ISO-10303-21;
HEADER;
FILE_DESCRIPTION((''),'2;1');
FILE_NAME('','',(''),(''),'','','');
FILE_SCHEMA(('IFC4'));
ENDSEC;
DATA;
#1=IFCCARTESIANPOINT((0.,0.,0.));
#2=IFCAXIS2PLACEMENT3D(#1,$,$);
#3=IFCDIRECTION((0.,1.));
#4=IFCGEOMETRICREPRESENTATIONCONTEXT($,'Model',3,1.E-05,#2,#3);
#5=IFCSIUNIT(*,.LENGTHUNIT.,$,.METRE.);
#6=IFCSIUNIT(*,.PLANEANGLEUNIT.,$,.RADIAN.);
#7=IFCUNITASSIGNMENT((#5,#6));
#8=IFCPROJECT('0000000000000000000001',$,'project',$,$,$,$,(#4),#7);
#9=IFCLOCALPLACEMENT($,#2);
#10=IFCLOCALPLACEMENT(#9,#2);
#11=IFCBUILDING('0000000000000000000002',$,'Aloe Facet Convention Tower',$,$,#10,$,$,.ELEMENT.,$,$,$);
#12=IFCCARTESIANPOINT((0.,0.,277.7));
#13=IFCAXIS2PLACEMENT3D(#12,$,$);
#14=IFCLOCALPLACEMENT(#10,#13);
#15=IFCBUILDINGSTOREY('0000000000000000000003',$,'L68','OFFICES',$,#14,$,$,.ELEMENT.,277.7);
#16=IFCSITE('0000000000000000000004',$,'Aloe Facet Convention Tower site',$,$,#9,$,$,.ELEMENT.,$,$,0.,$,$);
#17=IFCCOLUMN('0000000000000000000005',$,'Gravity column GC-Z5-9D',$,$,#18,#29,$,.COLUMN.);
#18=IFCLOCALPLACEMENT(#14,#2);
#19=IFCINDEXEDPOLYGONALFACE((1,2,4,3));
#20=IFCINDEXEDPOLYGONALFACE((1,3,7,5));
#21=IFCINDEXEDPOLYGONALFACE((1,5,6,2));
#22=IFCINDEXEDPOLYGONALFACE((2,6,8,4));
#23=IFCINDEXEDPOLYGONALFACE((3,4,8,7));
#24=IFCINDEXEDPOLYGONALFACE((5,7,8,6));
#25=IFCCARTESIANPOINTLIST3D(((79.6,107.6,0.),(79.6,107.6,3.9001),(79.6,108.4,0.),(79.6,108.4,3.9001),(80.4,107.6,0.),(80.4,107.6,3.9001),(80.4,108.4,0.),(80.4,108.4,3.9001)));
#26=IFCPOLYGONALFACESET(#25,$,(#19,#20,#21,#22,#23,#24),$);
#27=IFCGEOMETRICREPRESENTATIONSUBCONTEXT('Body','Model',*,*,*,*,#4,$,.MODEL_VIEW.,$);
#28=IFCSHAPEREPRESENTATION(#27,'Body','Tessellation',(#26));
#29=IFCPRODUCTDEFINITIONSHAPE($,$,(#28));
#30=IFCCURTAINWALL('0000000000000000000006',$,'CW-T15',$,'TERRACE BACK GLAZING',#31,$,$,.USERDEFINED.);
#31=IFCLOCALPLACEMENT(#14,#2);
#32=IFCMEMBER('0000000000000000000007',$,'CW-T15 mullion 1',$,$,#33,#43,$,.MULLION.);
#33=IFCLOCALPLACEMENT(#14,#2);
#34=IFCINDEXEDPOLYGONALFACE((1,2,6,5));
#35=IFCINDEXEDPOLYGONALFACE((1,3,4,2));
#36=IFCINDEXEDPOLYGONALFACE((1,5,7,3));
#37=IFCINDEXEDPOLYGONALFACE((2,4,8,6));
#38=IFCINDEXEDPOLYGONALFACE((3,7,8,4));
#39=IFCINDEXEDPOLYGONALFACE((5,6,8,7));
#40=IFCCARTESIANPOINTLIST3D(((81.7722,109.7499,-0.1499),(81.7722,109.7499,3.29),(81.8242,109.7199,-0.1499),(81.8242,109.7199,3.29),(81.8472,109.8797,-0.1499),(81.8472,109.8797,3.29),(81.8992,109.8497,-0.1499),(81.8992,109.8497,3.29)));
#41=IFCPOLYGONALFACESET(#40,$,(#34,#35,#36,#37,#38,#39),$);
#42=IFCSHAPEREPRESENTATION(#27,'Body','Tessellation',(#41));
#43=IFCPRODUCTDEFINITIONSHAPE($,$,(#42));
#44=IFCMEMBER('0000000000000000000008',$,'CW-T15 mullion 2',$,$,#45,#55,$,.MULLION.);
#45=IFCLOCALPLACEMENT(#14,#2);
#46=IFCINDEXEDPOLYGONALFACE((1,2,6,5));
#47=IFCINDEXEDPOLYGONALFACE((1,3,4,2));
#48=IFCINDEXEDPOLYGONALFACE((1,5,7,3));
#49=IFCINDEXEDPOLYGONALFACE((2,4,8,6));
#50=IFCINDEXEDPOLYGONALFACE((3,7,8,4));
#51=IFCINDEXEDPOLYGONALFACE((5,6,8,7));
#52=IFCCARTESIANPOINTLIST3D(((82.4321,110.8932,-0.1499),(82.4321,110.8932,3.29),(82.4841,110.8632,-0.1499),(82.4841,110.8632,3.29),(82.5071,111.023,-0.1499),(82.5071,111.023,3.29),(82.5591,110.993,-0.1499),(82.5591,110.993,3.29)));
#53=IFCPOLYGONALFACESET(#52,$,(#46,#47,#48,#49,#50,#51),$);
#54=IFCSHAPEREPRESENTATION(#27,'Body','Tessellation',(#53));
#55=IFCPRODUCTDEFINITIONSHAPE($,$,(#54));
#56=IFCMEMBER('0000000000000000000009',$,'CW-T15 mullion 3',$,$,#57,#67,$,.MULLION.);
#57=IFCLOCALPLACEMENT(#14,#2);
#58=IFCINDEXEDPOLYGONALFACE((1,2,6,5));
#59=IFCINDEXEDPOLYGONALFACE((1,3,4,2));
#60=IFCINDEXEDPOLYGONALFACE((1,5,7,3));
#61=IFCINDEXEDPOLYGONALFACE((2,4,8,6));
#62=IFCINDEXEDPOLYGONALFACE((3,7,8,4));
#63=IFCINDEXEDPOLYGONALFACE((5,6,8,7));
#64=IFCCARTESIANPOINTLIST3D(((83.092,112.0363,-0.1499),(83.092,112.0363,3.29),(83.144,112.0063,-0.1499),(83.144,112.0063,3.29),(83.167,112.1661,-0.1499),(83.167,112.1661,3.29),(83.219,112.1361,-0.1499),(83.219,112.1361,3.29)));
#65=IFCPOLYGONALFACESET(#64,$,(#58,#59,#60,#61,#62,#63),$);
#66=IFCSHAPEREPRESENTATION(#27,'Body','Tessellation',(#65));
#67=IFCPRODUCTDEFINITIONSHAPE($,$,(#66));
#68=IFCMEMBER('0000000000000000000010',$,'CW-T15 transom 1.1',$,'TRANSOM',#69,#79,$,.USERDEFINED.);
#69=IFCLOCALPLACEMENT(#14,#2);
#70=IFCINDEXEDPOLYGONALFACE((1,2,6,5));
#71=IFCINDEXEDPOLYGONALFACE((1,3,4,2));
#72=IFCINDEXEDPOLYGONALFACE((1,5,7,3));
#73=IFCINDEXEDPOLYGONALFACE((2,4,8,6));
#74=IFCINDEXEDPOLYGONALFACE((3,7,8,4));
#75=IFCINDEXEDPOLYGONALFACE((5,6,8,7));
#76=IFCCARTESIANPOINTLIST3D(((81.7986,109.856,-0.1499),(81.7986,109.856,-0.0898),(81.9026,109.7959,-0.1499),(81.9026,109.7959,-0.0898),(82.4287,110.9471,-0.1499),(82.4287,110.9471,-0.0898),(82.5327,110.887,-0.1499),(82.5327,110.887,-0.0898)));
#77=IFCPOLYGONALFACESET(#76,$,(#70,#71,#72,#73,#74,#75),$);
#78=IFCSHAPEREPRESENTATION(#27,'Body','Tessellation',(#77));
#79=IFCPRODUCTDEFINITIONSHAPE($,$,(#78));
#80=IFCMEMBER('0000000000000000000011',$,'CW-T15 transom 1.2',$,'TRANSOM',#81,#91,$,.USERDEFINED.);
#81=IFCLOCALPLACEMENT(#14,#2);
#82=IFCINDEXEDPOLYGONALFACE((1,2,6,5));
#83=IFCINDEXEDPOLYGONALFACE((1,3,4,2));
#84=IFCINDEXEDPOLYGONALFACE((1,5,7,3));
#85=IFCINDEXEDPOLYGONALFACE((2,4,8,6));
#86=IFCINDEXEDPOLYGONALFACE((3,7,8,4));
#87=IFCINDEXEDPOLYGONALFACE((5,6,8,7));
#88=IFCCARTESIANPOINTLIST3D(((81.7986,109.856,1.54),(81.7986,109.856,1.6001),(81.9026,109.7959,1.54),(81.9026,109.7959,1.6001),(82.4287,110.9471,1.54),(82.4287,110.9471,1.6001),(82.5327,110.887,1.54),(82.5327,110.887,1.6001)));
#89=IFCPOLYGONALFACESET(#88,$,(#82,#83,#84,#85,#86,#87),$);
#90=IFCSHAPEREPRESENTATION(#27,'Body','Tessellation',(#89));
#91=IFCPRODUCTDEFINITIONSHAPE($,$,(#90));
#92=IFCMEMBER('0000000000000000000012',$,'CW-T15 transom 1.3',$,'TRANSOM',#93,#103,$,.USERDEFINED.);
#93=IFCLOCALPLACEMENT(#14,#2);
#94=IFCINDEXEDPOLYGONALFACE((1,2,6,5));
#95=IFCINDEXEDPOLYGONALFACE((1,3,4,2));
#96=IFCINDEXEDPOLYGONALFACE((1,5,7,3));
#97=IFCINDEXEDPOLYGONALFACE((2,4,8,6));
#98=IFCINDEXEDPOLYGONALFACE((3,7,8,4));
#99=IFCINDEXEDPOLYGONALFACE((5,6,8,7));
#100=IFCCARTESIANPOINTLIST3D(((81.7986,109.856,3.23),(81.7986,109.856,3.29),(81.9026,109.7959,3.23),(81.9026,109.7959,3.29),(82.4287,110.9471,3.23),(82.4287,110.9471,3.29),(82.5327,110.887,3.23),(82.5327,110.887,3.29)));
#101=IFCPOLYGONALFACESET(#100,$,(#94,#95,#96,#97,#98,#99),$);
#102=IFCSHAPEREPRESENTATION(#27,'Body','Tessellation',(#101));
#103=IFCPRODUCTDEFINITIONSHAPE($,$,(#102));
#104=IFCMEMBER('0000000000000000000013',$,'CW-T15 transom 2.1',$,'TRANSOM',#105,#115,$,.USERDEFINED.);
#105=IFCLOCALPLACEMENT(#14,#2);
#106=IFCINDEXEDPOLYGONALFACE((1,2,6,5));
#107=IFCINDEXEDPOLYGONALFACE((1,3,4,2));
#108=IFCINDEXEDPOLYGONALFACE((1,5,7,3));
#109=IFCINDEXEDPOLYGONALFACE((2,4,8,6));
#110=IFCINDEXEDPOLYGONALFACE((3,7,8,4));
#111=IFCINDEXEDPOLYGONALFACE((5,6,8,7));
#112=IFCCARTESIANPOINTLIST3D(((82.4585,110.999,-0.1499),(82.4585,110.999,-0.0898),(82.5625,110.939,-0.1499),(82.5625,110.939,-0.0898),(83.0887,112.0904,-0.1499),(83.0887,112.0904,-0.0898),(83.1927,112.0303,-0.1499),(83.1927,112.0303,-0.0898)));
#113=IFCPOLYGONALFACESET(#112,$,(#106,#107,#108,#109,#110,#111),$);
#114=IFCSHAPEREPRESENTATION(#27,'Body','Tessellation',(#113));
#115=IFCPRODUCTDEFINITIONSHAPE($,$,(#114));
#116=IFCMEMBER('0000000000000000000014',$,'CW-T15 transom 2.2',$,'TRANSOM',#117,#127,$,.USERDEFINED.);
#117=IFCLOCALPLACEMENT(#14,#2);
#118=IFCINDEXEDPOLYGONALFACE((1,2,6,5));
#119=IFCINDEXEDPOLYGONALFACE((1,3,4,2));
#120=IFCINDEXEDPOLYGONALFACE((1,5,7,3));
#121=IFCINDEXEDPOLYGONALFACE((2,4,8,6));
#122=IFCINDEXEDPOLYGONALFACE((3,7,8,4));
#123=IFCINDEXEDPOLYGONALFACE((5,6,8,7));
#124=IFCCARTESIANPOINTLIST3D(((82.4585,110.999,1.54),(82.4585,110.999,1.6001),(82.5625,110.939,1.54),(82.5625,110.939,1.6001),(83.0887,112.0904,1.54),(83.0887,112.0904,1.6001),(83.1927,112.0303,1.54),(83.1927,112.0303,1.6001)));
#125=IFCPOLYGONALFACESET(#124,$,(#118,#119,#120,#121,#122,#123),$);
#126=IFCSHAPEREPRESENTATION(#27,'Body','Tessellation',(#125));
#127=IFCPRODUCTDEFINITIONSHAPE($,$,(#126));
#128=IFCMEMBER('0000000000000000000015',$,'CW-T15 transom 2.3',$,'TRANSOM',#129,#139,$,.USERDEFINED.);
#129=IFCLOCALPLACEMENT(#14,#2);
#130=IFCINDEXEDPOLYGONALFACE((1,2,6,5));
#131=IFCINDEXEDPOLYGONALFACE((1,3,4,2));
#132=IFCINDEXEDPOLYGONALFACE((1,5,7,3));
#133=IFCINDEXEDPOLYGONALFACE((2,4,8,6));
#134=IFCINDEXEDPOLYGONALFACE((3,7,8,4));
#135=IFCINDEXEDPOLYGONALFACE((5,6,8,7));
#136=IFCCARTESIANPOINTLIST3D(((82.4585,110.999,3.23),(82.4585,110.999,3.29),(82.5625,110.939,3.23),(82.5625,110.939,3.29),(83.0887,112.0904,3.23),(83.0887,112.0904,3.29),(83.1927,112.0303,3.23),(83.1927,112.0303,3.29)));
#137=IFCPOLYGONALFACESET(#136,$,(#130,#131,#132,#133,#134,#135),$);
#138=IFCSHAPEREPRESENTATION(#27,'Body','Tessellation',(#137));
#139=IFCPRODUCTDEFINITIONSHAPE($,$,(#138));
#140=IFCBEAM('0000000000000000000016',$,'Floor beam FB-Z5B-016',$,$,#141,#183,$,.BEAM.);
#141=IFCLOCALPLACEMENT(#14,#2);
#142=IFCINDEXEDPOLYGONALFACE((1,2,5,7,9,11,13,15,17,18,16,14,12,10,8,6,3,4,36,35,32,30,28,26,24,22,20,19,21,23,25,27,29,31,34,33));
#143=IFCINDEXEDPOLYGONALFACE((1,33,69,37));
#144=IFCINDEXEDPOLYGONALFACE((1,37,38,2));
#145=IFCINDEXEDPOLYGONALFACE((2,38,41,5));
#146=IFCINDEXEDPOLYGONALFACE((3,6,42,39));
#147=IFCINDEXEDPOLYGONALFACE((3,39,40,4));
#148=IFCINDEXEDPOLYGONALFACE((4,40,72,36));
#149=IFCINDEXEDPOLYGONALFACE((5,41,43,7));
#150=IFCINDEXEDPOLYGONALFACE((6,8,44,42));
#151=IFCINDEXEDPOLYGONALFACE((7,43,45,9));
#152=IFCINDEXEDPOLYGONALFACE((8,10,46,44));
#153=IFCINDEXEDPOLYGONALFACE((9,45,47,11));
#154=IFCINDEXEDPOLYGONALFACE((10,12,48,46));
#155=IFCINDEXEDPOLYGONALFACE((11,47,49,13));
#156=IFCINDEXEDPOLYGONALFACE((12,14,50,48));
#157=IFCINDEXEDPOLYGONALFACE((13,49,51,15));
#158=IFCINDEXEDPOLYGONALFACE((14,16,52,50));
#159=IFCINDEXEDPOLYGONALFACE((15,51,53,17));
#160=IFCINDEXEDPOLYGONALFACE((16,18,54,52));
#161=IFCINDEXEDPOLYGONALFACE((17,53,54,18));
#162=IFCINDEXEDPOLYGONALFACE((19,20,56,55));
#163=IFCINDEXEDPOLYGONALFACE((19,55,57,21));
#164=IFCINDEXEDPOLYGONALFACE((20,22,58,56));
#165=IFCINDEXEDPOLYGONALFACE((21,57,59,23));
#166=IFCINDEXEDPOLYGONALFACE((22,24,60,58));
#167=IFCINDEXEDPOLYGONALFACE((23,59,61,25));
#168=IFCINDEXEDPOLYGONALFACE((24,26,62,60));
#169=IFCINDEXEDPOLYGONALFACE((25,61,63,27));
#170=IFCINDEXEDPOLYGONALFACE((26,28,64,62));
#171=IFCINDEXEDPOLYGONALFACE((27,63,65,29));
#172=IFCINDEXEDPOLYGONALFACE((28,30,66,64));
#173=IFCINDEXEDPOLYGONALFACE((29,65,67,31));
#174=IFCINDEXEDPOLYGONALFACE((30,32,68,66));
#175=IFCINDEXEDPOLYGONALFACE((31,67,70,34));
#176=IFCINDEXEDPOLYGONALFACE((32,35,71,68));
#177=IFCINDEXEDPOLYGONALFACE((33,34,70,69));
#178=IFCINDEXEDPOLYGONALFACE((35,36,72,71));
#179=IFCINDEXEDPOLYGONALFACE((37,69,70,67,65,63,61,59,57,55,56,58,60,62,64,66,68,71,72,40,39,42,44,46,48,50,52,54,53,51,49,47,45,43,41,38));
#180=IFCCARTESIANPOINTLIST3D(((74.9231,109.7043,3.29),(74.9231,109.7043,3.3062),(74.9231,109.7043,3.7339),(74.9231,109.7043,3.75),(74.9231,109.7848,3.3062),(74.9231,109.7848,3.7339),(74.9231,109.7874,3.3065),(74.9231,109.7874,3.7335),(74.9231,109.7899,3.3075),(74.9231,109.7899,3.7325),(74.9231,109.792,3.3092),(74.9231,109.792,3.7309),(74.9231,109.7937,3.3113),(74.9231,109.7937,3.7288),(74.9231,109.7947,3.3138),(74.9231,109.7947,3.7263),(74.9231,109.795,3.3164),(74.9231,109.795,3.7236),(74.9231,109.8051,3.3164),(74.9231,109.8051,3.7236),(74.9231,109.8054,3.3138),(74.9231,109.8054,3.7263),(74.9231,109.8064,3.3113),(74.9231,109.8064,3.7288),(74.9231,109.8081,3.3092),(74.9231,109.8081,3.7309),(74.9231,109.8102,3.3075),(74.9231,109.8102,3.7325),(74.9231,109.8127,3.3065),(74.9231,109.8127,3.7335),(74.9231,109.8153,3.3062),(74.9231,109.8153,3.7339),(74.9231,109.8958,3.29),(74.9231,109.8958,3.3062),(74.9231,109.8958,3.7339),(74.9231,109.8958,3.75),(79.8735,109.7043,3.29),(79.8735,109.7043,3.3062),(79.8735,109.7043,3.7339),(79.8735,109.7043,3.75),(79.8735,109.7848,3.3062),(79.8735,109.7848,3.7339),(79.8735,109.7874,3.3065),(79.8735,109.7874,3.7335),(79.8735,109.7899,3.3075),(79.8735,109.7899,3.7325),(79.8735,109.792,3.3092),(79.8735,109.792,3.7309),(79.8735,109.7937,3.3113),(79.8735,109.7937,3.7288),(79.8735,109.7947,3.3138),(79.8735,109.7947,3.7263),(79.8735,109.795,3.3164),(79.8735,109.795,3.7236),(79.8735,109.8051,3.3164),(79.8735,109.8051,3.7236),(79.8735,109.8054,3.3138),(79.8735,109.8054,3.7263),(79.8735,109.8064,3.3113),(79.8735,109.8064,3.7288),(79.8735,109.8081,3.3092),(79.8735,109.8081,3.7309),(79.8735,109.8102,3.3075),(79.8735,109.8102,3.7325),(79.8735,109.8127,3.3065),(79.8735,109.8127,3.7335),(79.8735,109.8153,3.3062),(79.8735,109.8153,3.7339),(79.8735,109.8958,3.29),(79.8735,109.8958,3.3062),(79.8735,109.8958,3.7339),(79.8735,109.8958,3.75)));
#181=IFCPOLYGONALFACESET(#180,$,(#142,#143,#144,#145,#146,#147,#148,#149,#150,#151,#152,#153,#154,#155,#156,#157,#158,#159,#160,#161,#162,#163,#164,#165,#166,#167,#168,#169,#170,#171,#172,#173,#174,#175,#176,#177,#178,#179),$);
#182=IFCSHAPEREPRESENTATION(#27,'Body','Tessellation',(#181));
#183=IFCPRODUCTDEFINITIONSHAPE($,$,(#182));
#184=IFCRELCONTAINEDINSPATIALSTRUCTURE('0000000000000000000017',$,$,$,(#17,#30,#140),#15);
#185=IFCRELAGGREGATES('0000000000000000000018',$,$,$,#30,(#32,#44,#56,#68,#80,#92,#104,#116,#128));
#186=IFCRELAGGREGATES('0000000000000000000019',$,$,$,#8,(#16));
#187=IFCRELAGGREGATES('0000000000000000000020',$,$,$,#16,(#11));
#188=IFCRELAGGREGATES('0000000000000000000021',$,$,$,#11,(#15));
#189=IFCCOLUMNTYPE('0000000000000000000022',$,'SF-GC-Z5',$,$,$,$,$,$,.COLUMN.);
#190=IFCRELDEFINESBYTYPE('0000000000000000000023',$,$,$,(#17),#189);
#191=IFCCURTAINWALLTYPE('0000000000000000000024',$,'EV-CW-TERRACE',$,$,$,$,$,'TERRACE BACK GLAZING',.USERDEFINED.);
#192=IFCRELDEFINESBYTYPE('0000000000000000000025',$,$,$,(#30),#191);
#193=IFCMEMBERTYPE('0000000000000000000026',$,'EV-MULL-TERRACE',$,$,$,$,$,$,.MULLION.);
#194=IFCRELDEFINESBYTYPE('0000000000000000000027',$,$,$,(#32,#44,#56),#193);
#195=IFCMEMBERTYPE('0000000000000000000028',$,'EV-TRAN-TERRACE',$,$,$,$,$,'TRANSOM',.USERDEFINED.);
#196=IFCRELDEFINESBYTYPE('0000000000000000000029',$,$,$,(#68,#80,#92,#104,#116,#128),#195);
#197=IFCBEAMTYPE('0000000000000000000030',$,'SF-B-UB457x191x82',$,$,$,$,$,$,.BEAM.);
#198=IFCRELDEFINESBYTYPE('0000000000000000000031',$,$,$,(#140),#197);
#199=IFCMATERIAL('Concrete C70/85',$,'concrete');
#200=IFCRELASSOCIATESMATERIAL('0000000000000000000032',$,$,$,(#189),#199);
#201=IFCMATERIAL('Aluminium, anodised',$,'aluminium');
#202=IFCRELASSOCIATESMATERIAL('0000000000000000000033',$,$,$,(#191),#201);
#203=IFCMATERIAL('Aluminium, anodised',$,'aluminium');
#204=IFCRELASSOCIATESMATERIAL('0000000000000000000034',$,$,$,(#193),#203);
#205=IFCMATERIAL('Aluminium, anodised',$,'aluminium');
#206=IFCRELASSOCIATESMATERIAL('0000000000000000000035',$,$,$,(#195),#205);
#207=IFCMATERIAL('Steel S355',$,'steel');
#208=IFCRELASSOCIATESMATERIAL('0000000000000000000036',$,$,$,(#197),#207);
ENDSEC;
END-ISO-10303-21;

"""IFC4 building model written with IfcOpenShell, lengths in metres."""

from ifc_helpers import new_model, si_unit, direction, frame, origin, origin_2d, place, context, subcontext, project, spatial, rectangle, i_section, extrude, material, material_profile, profile_set, type_object, element, aggregate, save


model = new_model("IFC4")

# Units and contexts
model_context = context("Model", 3, precision=1e-05, world=origin(), true_north=direction((0.0, 1.0)))
body_context = subcontext(model_context, "Body", "Model", "MODEL_VIEW")
ifc_project = project(units=[si_unit("LENGTHUNIT", "METRE"), si_unit("PLANEANGLEUNIT", "RADIAN")], contexts=[model_context])

# Site, building, storey
site_placement = place(None, origin())
site = spatial("IfcSite", under=ifc_project, at=site_placement, Name="Aloe Facet Convention Tower site", CompositionType="ELEMENT", RefElevation=0.0)
building_placement = place(site_placement, origin())
building = spatial("IfcBuilding", under=site, at=building_placement, Name="Aloe Facet Convention Tower", CompositionType="ELEMENT")
storey_placement = place(building_placement, frame((0.0, 0.0, 277.7)))
storey = spatial("IfcBuildingStorey", under=building, at=storey_placement, Name="L68", Description="OFFICES", CompositionType="ELEMENT", Elevation=277.7)

# Column
ifc_material_1 = material(Name="Concrete C70/85", Category="concrete")
ifc_material_profile_1 = material_profile(ifc_material_1, rectangle(XDim=0.8, YDim=0.8, at=origin_2d()), Name="SF-GC-Z5")
ifc_profile_set_1 = profile_set([ifc_material_profile_1], Name="Concrete C70/85")
column_type = type_object("IfcColumnType", Name="SF-GC-Z5", PredefinedType="COLUMN", material=ifc_profile_set_1)
column_placement = place(storey_placement, frame((80.0, 108.0, 0.0), z_axis=(0.0, 0.0, 1.0), x_axis=(1.0, 0.0, 0.0)))
element("IfcColumn", 1, at=column_placement, inside=storey, type_object=column_type, Name="Gravity column GC-Z5-9D", PredefinedType="COLUMN", context=body_context, shape_type="SweptSolid", body=[
    extrude(rectangle(XDim=0.8, YDim=0.8, at=origin_2d()), origin(), (0.0, 0.0, 1.0), 3.9001),
])

# Curtain wall, members
ifc_material_2 = material(Name="Aluminium, anodised", Category="aluminium")
curtain_wall_type = type_object("IfcCurtainWallType", Name="EV-CW-TERRACE", ElementType="TERRACE BACK GLAZING", PredefinedType="USERDEFINED", material=ifc_material_2)
curtain_wall_placement = place(storey_placement, origin())
curtain_wall = element("IfcCurtainWall", 2, at=curtain_wall_placement, inside=storey, type_object=curtain_wall_type, Name="CW-T15", ObjectType="TERRACE BACK GLAZING", PredefinedType="USERDEFINED")
ifc_material_3 = material(Name="Aluminium, anodised", Category="aluminium")
ifc_material_profile_2 = material_profile(ifc_material_3, rectangle(XDim=0.0601, YDim=0.1499, at=origin_2d()), Name="AL 60x150")
ifc_profile_set_2 = profile_set([ifc_material_profile_2], Name="Aluminium, anodised")
member_type_1 = type_object("IfcMemberType", Name="EV-MULL-TERRACE", PredefinedType="MULLION", material=ifc_profile_set_2)
member_1_placement = place(storey_placement, frame((81.8357, 109.7998, -0.1499), z_axis=(0.0, 0.0, 1.0), x_axis=(-0.866025, 0.5, 0.0)))
member_1 = element("IfcMember", 3, at=member_1_placement, type_object=member_type_1, Name="CW-T15 mullion 1", PredefinedType="MULLION", context=body_context, shape_type="SweptSolid", body=[
    extrude(rectangle(XDim=0.0601, YDim=0.1499, at=origin_2d()), origin(), (0.0, 0.0, 1.0), 3.4399),
])
member_2_placement = place(storey_placement, frame((82.4956, 110.9431, -0.1499), z_axis=(0.0, 0.0, 1.0), x_axis=(-0.866025, 0.5, 0.0)))
member_2 = element("IfcMember", 4, at=member_2_placement, type_object=member_type_1, Name="CW-T15 mullion 2", PredefinedType="MULLION", context=body_context, shape_type="SweptSolid", body=[
    extrude(rectangle(XDim=0.0601, YDim=0.1499, at=origin_2d()), origin(), (0.0, 0.0, 1.0), 3.4399),
])
member_3_placement = place(storey_placement, frame((83.1555, 112.0862, -0.1499), z_axis=(0.0, 0.0, 1.0), x_axis=(-0.866025, 0.5, 0.0)))
member_3 = element("IfcMember", 5, at=member_3_placement, type_object=member_type_1, Name="CW-T15 mullion 3", PredefinedType="MULLION", context=body_context, shape_type="SweptSolid", body=[
    extrude(rectangle(XDim=0.0601, YDim=0.1499, at=origin_2d()), origin(), (0.0, 0.0, 1.0), 3.4399),
])
ifc_material_4 = material(Name="Aluminium, anodised", Category="aluminium")
ifc_material_profile_3 = material_profile(ifc_material_4, rectangle(XDim=0.1201, YDim=0.0601, at=origin_2d()), Name="AL 120x60")
ifc_profile_set_3 = profile_set([ifc_material_profile_3], Name="Aluminium, anodised")
member_type_2 = type_object("IfcMemberType", Name="EV-TRAN-TERRACE", ElementType="TRANSOM", PredefinedType="USERDEFINED", material=ifc_profile_set_3)
member_4_placement = place(storey_placement, frame((81.8506, 109.8259, -0.1199), z_axis=(0.500119, 0.865956, 0.0), x_axis=(-0.865956, 0.500119, 0.0)))
member_4 = element("IfcMember", 6, at=member_4_placement, type_object=member_type_2, Name="CW-T15 transom 1.1", ObjectType="TRANSOM", PredefinedType="USERDEFINED", context=body_context, shape_type="SweptSolid", body=[
    extrude(rectangle(XDim=0.1201, YDim=0.0601, at=origin_2d()), origin(), (0.0, 0.0, 1.0), 1.26),
])
member_5_placement = place(storey_placement, frame((81.8506, 109.8259, 1.5701), z_axis=(0.500119, 0.865956, 0.0), x_axis=(-0.865956, 0.500119, 0.0)))
member_5 = element("IfcMember", 7, at=member_5_placement, type_object=member_type_2, Name="CW-T15 transom 1.2", ObjectType="TRANSOM", PredefinedType="USERDEFINED", context=body_context, shape_type="SweptSolid", body=[
    extrude(rectangle(XDim=0.1201, YDim=0.0601, at=origin_2d()), origin(), (0.0, 0.0, 1.0), 1.26),
])
member_6_placement = place(storey_placement, frame((81.8506, 109.8259, 3.26), z_axis=(0.500119, 0.865956, 0.0), x_axis=(-0.865956, 0.500119, 0.0)))
member_6 = element("IfcMember", 8, at=member_6_placement, type_object=member_type_2, Name="CW-T15 transom 1.3", ObjectType="TRANSOM", PredefinedType="USERDEFINED", context=body_context, shape_type="SweptSolid", body=[
    extrude(rectangle(XDim=0.1201, YDim=0.0601, at=origin_2d()), origin(), (0.0, 0.0, 1.0), 1.26),
])
member_7_placement = place(storey_placement, frame((82.5105, 110.969, -0.1199), z_axis=(0.500035, 0.866005, 0.0), x_axis=(-0.866005, 0.500035, 0.0)))
member_7 = element("IfcMember", 9, at=member_7_placement, type_object=member_type_2, Name="CW-T15 transom 2.1", ObjectType="TRANSOM", PredefinedType="USERDEFINED", context=body_context, shape_type="SweptSolid", body=[
    extrude(rectangle(XDim=0.1201, YDim=0.0601, at=origin_2d()), origin(), (0.0, 0.0, 1.0), 1.2603),
])
member_8_placement = place(storey_placement, frame((82.5105, 110.969, 1.5701), z_axis=(0.500035, 0.866005, 0.0), x_axis=(-0.866005, 0.500035, 0.0)))
member_8 = element("IfcMember", 10, at=member_8_placement, type_object=member_type_2, Name="CW-T15 transom 2.2", ObjectType="TRANSOM", PredefinedType="USERDEFINED", context=body_context, shape_type="SweptSolid", body=[
    extrude(rectangle(XDim=0.1201, YDim=0.0601, at=origin_2d()), origin(), (0.0, 0.0, 1.0), 1.2603),
])
member_9_placement = place(storey_placement, frame((82.5105, 110.969, 3.26), z_axis=(0.500035, 0.866005, 0.0), x_axis=(-0.866005, 0.500035, 0.0)))
member_9 = element("IfcMember", 11, at=member_9_placement, type_object=member_type_2, Name="CW-T15 transom 2.3", ObjectType="TRANSOM", PredefinedType="USERDEFINED", context=body_context, shape_type="SweptSolid", body=[
    extrude(rectangle(XDim=0.1201, YDim=0.0601, at=origin_2d()), origin(), (0.0, 0.0, 1.0), 1.2603),
])

# Beam
ifc_material_5 = material(Name="Steel S355", Category="steel")
ifc_material_profile_4 = material_profile(ifc_material_5, i_section(OverallWidth=0.1914, OverallDepth=0.46, WebThickness=0.01, FlangeThickness=0.0161, FilletRadius=0.0103, at=origin_2d()), Name="UB 457x191x82")
ifc_profile_set_4 = profile_set([ifc_material_profile_4], Name="Steel S355")
beam_type_1 = type_object("IfcBeamType", Name="SF-B-UB457x191x82", PredefinedType="BEAM", material=ifc_profile_set_4)
beam_1_placement = place(storey_placement, frame((74.9231, 109.8, 3.52), z_axis=(1.0, 0.0, 0.0), x_axis=(0.0, 1.0, 0.0)))
element("IfcBeam", 12, at=beam_1_placement, inside=storey, type_object=beam_type_1, Name="Floor beam FB-Z5B-016", PredefinedType="BEAM", context=body_context, shape_type="SweptSolid", body=[
    extrude(i_section(OverallWidth=0.1914, OverallDepth=0.46, WebThickness=0.01, FlangeThickness=0.0161, FilletRadius=0.0103, at=origin_2d()), origin(), (0.0, 0.0, 1.0), 4.9504),
])

aggregate(curtain_wall, [member_1, member_2, member_3, member_4, member_5, member_6, member_7, member_8, member_9])

save(model, "model.ifc")
